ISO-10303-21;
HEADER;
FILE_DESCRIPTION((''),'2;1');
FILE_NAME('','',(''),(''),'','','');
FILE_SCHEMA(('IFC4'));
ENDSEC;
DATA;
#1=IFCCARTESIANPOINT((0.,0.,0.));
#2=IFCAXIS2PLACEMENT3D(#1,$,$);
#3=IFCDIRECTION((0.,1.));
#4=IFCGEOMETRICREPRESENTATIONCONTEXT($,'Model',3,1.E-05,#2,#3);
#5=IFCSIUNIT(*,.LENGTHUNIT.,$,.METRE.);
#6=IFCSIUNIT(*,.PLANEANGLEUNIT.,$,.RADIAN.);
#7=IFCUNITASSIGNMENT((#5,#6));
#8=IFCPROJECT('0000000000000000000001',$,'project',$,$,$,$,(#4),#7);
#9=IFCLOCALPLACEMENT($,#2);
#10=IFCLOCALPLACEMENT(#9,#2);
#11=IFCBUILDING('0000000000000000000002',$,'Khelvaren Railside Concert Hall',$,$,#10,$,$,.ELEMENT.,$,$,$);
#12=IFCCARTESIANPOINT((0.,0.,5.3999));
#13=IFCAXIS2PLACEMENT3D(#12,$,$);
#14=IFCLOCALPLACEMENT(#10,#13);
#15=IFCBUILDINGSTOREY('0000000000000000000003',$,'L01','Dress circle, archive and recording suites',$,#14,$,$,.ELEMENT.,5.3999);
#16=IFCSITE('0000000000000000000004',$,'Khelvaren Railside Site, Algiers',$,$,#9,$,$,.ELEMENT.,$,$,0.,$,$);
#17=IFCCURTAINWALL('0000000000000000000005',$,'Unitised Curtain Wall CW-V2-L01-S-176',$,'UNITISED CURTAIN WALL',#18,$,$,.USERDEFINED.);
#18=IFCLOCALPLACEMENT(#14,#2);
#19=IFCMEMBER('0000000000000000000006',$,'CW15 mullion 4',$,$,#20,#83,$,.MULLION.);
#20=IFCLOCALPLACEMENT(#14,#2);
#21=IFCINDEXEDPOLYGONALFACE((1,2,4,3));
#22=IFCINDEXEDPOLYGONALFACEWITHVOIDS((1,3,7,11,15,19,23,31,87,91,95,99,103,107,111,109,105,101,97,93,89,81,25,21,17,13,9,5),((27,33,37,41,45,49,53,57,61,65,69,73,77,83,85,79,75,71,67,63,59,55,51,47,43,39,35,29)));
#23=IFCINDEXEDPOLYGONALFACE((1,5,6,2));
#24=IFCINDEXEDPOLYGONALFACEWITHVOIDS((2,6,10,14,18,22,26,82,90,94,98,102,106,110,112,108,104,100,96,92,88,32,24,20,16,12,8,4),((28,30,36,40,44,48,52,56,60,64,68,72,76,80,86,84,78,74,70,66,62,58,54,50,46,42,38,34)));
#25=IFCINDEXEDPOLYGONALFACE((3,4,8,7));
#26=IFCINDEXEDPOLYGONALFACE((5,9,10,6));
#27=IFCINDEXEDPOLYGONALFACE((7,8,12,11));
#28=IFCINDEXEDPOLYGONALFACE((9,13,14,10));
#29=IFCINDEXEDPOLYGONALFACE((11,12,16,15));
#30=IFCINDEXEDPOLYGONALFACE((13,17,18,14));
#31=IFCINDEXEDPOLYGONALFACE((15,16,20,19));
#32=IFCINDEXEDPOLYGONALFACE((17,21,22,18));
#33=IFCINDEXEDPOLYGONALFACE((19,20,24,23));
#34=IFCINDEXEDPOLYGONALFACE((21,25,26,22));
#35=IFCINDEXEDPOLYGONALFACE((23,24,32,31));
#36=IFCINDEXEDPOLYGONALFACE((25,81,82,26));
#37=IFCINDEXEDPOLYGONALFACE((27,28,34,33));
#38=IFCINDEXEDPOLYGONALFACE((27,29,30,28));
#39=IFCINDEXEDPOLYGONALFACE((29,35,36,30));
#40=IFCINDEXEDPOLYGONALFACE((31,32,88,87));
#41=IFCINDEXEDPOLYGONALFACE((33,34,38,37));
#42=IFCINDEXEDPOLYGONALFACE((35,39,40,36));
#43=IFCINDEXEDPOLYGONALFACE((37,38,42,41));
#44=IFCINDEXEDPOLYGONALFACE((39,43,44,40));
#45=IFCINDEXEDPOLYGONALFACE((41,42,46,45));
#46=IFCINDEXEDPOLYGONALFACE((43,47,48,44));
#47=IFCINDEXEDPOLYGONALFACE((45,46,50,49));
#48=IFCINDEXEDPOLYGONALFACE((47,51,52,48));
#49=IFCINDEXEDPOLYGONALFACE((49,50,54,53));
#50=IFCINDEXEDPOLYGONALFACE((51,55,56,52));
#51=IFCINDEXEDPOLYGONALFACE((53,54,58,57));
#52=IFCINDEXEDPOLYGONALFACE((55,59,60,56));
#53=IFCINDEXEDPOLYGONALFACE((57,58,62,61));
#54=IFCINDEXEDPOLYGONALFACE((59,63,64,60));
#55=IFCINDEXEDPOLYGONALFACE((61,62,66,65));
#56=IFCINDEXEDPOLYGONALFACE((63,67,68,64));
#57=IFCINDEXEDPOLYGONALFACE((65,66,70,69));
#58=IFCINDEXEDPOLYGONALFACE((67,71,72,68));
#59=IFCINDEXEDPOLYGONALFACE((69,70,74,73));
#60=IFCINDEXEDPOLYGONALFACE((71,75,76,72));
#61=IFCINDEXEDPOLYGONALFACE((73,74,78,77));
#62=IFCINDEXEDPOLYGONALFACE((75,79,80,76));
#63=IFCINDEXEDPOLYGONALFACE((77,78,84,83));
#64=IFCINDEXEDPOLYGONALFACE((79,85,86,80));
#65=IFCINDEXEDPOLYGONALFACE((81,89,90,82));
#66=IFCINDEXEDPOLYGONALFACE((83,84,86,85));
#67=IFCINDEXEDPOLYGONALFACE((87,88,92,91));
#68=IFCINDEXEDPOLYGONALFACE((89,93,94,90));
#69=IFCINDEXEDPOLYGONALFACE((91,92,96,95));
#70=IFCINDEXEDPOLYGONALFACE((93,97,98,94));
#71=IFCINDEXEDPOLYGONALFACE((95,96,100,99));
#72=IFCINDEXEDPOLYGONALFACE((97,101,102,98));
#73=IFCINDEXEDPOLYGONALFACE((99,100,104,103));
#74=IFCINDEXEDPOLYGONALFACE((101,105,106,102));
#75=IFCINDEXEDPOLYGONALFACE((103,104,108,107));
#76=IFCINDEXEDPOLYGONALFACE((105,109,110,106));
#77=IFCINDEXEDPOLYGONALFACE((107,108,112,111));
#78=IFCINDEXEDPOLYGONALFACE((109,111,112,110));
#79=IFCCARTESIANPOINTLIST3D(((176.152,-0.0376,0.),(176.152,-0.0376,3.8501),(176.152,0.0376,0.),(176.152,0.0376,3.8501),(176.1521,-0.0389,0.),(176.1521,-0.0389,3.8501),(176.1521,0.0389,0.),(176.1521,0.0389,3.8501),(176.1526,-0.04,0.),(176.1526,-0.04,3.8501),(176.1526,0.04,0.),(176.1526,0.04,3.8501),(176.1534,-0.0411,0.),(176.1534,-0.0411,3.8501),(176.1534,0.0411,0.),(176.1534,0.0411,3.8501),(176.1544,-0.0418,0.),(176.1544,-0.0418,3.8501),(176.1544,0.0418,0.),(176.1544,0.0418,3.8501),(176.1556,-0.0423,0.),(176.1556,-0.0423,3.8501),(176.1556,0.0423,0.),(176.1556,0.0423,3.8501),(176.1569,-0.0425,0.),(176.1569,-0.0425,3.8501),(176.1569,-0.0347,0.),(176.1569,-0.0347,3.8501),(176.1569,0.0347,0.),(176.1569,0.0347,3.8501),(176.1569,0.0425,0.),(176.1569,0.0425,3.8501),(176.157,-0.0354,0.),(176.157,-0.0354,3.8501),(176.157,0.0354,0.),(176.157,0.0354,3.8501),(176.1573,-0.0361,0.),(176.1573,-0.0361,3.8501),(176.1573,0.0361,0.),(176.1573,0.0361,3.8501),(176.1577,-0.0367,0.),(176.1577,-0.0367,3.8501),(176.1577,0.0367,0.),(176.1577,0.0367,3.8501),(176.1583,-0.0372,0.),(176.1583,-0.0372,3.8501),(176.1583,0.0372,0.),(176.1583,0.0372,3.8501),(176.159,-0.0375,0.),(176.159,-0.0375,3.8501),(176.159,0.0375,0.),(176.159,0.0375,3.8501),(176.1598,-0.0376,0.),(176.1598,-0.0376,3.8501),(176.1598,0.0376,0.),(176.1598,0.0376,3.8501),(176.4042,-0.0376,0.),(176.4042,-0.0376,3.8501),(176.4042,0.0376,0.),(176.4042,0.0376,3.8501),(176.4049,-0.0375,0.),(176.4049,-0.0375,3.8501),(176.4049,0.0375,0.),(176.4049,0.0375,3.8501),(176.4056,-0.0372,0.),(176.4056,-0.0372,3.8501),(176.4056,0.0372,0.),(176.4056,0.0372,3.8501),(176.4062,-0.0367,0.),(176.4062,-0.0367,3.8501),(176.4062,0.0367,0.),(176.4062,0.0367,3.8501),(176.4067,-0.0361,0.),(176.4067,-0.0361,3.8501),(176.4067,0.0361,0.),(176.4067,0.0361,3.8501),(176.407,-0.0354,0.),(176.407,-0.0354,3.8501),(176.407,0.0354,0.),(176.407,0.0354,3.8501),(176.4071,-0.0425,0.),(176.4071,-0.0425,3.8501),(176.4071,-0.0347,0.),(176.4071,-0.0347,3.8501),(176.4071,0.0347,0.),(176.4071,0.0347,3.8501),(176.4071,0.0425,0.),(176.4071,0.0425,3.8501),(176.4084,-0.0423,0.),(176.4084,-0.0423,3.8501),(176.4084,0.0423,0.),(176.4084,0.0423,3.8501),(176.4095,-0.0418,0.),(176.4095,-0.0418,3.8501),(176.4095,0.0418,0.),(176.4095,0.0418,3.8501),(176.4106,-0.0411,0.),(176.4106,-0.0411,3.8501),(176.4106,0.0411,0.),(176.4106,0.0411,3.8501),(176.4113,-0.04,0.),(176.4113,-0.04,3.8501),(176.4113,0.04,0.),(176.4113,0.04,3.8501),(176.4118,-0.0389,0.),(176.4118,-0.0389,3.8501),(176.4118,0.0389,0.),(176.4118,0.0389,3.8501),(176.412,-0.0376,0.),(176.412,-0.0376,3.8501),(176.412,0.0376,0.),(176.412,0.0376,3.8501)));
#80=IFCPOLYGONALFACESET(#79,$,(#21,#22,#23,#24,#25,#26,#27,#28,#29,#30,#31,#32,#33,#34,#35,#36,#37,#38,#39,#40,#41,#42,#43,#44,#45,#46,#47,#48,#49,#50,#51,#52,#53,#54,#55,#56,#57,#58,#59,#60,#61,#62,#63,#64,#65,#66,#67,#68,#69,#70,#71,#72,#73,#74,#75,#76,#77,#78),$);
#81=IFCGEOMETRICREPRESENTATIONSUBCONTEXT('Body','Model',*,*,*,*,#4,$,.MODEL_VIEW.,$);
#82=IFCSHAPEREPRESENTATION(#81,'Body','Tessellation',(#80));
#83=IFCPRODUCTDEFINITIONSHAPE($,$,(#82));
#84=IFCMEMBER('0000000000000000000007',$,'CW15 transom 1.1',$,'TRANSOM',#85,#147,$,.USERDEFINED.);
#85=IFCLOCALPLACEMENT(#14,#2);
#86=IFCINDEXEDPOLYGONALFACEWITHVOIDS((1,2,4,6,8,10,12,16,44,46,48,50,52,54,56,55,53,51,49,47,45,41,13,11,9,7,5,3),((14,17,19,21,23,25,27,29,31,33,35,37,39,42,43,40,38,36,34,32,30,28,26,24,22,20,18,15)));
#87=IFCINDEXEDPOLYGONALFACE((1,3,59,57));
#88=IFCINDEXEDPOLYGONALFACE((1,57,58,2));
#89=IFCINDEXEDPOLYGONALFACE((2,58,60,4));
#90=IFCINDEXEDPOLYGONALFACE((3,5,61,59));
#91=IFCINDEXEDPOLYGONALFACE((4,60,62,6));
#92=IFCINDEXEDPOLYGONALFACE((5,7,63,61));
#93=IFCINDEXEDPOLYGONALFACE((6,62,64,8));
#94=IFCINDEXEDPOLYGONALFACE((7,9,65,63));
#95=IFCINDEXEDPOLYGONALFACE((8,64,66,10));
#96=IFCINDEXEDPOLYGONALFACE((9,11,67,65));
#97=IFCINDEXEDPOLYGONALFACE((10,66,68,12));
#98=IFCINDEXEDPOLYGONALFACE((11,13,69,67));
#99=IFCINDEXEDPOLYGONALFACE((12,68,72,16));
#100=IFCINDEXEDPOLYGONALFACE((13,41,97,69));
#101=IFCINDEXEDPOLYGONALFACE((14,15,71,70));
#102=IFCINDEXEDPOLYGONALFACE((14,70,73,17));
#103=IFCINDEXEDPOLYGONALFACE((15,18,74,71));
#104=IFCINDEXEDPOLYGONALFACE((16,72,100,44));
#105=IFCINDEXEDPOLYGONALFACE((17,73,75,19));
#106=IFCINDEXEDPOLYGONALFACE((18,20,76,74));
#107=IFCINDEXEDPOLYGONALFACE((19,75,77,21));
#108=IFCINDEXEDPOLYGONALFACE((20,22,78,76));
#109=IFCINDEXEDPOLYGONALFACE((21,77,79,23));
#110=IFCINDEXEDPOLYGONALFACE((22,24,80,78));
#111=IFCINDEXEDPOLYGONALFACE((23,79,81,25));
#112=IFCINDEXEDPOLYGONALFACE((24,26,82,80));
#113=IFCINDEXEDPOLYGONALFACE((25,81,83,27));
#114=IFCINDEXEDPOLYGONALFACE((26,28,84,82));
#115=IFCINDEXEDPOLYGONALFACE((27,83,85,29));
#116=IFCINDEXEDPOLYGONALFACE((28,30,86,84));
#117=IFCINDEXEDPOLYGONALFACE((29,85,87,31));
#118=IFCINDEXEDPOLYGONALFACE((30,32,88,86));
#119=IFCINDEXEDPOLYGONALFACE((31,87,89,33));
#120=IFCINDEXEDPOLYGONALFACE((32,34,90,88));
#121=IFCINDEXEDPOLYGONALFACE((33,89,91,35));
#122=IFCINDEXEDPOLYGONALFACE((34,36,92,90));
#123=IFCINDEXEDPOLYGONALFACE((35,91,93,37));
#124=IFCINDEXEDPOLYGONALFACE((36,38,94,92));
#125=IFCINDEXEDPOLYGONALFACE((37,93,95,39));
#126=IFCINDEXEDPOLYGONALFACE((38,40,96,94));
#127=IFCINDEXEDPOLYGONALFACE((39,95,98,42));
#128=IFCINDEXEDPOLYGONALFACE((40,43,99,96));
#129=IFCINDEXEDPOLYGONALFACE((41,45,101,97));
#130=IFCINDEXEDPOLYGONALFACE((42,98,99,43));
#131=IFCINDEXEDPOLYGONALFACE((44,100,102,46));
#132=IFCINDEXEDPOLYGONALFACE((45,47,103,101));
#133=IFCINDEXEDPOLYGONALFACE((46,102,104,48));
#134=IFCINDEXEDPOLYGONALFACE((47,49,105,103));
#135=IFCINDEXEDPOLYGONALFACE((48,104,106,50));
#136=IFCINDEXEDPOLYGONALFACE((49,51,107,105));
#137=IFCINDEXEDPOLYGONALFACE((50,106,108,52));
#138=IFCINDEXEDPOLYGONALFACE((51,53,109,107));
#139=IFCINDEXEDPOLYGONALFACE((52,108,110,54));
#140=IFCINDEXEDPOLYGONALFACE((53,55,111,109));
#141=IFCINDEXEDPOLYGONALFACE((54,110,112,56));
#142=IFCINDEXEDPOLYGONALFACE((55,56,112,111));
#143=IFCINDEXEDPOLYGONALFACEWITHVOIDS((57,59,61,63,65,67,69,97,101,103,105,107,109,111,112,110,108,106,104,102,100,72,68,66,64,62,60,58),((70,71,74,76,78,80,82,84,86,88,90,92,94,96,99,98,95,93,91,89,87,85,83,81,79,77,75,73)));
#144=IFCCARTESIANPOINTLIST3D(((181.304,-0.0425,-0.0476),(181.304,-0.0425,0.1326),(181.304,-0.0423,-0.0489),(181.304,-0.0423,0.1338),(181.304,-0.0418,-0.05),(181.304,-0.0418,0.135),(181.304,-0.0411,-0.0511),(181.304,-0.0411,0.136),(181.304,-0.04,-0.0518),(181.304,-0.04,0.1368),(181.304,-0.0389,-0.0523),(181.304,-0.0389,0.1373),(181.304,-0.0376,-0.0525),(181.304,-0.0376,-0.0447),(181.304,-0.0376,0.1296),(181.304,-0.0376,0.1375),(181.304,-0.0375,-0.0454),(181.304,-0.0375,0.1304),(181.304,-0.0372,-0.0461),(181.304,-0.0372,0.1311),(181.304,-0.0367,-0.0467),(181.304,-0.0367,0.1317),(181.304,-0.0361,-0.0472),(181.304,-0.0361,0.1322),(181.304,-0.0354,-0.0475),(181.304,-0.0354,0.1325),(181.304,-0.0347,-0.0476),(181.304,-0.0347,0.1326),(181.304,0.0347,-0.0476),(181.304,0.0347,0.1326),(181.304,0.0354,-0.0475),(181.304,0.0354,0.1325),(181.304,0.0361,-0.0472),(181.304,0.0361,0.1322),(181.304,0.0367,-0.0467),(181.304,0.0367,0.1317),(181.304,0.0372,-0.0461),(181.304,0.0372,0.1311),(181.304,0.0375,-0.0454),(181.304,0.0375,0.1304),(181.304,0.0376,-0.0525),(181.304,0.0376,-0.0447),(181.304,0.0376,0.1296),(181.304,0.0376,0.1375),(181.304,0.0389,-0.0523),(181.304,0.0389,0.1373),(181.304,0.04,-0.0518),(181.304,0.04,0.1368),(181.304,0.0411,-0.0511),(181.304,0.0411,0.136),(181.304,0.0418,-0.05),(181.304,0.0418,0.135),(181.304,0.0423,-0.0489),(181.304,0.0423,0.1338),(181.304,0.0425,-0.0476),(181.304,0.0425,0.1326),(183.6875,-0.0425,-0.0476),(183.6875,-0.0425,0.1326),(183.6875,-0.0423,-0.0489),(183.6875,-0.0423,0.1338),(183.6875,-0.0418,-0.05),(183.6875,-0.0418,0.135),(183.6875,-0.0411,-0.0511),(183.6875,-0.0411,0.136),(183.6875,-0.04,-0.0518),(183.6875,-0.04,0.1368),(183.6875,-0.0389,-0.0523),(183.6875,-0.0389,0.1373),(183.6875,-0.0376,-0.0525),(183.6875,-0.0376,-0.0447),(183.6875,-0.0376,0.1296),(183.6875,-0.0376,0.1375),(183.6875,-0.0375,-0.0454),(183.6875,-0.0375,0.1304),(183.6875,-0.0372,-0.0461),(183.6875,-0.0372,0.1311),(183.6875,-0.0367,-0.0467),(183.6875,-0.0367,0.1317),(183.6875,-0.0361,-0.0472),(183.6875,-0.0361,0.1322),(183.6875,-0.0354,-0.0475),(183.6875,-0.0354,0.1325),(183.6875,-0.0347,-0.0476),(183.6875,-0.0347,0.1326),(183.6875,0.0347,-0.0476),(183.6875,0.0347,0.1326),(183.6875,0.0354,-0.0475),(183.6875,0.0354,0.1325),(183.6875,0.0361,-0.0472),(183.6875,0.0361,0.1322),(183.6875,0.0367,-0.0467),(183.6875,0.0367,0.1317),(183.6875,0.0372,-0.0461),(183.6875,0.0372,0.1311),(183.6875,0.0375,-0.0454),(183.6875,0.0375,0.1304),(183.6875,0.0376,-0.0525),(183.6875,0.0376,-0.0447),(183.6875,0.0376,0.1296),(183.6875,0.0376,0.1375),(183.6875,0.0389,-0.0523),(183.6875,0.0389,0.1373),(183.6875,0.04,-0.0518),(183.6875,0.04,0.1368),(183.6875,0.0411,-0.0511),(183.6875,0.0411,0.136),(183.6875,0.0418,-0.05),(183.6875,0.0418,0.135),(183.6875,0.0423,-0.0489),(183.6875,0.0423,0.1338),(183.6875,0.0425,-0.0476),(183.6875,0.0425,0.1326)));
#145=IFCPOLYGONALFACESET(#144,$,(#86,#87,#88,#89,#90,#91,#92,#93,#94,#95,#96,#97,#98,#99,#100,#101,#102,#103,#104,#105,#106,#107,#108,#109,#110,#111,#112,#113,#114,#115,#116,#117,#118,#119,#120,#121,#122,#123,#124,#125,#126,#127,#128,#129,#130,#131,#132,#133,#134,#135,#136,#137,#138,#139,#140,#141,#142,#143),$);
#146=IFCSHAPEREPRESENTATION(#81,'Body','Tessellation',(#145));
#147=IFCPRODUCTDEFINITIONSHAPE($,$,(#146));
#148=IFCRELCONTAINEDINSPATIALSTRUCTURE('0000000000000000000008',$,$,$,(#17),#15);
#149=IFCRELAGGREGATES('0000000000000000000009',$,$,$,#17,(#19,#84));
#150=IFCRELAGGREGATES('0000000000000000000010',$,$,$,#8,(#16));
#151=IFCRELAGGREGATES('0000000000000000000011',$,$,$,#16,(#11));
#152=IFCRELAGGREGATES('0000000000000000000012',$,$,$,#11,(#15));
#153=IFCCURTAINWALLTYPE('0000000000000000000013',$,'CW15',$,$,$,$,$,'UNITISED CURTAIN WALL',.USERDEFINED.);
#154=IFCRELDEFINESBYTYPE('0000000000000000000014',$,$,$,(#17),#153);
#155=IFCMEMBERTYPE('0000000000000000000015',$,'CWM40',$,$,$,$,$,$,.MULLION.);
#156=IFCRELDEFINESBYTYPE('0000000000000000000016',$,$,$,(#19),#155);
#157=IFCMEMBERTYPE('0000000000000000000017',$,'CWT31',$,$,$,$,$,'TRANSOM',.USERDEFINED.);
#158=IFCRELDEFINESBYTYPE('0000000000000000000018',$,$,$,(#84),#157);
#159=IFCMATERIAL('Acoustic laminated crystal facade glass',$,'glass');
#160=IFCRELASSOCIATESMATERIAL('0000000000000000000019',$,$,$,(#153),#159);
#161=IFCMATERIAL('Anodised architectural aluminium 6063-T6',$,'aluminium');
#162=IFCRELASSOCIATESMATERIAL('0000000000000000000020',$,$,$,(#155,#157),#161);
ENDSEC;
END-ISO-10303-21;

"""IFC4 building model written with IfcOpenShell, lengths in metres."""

from ifc_helpers import new_model, si_unit, direction, frame, origin, origin_2d, place, context, subcontext, project, spatial, hollow_rectangle, extrude, material, material_profile, profile_set, type_object, element, aggregate, save


model = new_model("IFC4")

# Units and contexts
model_context = context("Model", 3, precision=1e-05, world=origin(), true_north=direction((0.0, 1.0)))
body_context = subcontext(model_context, "Body", "Model", "MODEL_VIEW")
ifc_project = project(units=[si_unit("LENGTHUNIT", "METRE"), si_unit("PLANEANGLEUNIT", "RADIAN")], contexts=[model_context])

# Site, building, storey
site_placement = place(None, origin())
site = spatial("IfcSite", under=ifc_project, at=site_placement, Name="Khelvaren Railside Site, Algiers", CompositionType="ELEMENT", RefElevation=0.0)
building_placement = place(site_placement, origin())
building = spatial("IfcBuilding", under=site, at=building_placement, Name="Khelvaren Railside Concert Hall", CompositionType="ELEMENT")
storey_placement = place(building_placement, frame((0.0, 0.0, 5.3999)))
storey = spatial("IfcBuildingStorey", under=building, at=storey_placement, Name="L01", Description="Dress circle, archive and recording suites", CompositionType="ELEMENT", Elevation=5.3999)

# Curtain wall, members
ifc_material_1 = material(Name="Acoustic laminated crystal facade glass", Category="glass")
curtain_wall_type = type_object("IfcCurtainWallType", Name="CW15", ElementType="UNITISED CURTAIN WALL", PredefinedType="USERDEFINED", material=ifc_material_1)
curtain_wall_placement = place(storey_placement, origin())
curtain_wall = element("IfcCurtainWall", 1, at=curtain_wall_placement, inside=storey, type_object=curtain_wall_type, Name="Unitised Curtain Wall CW-V2-L01-S-176", ObjectType="UNITISED CURTAIN WALL", PredefinedType="USERDEFINED")
ifc_material_2 = material(Name="Anodised architectural aluminium 6063-T6", Category="aluminium")
ifc_material_profile_1 = material_profile(ifc_material_2, hollow_rectangle(XDim=0.085, YDim=0.26, WallThickness=0.0049, InnerFilletRadius=0.0029, OuterFilletRadius=0.0049, at=origin_2d()), Name="CWM 85x260x5")
ifc_profile_set_1 = profile_set([ifc_material_profile_1], Name="Anodised architectural aluminium 6063-T6")
member_type_1 = type_object("IfcMemberType", Name="CWM40", PredefinedType="MULLION", material=ifc_profile_set_1)
member_1_placement = place(storey_placement, frame((176.282, 0.0, 0.0), z_axis=(0.0, 0.0, 1.0), x_axis=(0.0, -1.0, 0.0)))
member_1 = element("IfcMember", 2, at=member_1_placement, type_object=member_type_1, Name="CW15 mullion 4", PredefinedType="MULLION", context=body_context, shape_type="SweptSolid", body=[
    extrude(hollow_rectangle(XDim=0.085, YDim=0.26, WallThickness=0.0049, InnerFilletRadius=0.0029, OuterFilletRadius=0.0049, at=origin_2d()), origin(), (0.0, 0.0, 1.0), 3.8501),
])
ifc_material_profile_2 = material_profile(ifc_material_2, hollow_rectangle(XDim=0.085, YDim=0.1899, WallThickness=0.0049, InnerFilletRadius=0.0029, OuterFilletRadius=0.0049, at=origin_2d()), Name="CWT 85x190x5")
ifc_profile_set_2 = profile_set([ifc_material_profile_2], Name="Anodised architectural aluminium 6063-T6")
member_type_2 = type_object("IfcMemberType", Name="CWT31", ElementType="TRANSOM", PredefinedType="USERDEFINED", material=ifc_profile_set_2)
member_2_placement = place(storey_placement, frame((183.6875, 0.0, 0.0425), z_axis=(-1.0, 0.0, 0.0), x_axis=(0.0, -1.0, 0.0)))
member_2 = element("IfcMember", 3, at=member_2_placement, type_object=member_type_2, Name="CW15 transom 1.1", ObjectType="TRANSOM", PredefinedType="USERDEFINED", context=body_context, shape_type="SweptSolid", body=[
    extrude(hollow_rectangle(XDim=0.085, YDim=0.1899, WallThickness=0.0049, InnerFilletRadius=0.0029, OuterFilletRadius=0.0049, at=origin_2d()), origin(), (0.0, 0.0, 1.0), 2.3835),
])

aggregate(curtain_wall, [member_1, member_2])

save(model, "model.ifc")
